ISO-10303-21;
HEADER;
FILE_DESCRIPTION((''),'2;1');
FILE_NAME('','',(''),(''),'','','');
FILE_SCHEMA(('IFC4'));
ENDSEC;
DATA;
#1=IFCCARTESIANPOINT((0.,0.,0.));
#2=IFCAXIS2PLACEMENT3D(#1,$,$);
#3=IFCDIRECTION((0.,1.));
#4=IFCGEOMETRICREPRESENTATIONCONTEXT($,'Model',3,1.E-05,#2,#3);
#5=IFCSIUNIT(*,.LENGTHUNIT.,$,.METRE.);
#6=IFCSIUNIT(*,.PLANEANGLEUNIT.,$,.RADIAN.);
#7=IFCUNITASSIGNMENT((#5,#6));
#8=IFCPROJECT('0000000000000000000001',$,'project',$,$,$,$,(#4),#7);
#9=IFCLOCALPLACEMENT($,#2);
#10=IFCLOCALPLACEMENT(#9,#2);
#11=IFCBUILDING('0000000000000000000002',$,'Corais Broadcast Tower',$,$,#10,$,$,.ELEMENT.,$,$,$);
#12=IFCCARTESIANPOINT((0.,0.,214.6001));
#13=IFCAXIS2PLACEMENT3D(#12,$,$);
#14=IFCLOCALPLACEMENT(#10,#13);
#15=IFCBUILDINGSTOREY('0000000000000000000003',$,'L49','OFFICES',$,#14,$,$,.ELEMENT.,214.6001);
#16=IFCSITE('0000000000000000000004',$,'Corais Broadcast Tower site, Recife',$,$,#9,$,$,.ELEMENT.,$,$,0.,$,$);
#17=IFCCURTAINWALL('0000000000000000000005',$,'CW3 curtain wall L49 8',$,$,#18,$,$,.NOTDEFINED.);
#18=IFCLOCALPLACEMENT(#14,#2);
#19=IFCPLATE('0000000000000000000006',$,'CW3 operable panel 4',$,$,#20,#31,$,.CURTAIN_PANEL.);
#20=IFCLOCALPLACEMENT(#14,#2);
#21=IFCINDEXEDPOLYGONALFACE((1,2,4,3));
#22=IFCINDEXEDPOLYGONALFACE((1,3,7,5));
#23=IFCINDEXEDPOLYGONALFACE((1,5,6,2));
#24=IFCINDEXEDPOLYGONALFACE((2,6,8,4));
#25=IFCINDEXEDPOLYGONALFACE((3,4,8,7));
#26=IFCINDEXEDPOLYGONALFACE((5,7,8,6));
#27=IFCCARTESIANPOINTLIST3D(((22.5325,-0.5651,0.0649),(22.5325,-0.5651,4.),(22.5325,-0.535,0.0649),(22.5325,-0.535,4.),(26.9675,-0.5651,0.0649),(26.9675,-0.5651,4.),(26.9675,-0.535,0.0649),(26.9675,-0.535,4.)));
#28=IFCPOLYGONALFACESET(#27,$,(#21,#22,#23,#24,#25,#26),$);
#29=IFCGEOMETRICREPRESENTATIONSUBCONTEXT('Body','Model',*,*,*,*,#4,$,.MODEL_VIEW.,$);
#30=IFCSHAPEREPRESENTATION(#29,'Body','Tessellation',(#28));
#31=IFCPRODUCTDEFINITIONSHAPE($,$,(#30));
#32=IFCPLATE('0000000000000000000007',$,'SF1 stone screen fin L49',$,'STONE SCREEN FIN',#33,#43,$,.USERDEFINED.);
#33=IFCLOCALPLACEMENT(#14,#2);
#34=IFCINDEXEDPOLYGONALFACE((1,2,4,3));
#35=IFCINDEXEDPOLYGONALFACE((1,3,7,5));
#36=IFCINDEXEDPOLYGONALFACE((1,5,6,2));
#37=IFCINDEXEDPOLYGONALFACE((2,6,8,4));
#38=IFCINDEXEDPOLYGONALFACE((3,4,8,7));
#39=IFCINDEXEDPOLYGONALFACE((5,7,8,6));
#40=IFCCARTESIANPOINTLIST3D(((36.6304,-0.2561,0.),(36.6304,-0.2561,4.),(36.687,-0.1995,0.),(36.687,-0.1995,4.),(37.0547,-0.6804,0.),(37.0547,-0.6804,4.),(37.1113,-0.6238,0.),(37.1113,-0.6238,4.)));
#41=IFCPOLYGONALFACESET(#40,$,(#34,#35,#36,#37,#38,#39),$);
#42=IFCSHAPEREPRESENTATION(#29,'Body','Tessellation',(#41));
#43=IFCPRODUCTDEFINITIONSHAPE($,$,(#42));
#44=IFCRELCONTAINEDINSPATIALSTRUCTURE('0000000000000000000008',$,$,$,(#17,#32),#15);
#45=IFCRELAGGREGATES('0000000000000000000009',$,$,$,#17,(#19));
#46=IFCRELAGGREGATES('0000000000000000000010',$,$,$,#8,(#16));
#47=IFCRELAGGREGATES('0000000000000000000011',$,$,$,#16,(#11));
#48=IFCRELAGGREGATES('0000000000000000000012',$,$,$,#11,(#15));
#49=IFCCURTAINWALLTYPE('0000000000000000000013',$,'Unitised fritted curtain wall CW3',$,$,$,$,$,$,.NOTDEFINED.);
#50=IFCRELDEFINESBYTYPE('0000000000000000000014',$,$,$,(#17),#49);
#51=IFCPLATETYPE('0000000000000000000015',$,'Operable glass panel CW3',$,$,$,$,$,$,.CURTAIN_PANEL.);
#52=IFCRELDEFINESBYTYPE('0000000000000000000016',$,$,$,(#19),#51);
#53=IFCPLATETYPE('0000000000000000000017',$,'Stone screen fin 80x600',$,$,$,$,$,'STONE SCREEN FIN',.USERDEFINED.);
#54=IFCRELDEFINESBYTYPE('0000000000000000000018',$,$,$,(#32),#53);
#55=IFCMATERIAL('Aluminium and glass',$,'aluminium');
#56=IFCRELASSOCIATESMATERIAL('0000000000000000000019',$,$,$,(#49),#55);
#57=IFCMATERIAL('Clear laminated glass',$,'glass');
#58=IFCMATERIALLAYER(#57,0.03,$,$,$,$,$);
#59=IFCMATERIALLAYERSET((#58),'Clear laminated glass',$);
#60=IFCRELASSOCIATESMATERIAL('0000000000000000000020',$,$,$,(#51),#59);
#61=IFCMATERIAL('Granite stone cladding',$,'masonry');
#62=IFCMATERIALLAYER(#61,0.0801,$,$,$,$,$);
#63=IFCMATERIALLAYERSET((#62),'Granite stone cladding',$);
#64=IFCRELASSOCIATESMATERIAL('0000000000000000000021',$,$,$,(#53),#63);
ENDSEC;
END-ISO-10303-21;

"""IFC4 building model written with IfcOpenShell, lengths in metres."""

from ifc_helpers import new_model, si_unit, direction, frame, origin, origin_2d, place, context, subcontext, project, spatial, rectangle, extrude, material, layer, layer_set, type_object, element, aggregate, save


model = new_model("IFC4")

# Units and contexts
model_context = context("Model", 3, precision=1e-05, world=origin(), true_north=direction((0.0, 1.0)))
body_context = subcontext(model_context, "Body", "Model", "MODEL_VIEW")
ifc_project = project(units=[si_unit("LENGTHUNIT", "METRE"), si_unit("PLANEANGLEUNIT", "RADIAN")], contexts=[model_context])

# Site, building, storey
site_placement = place(None, origin())
site = spatial("IfcSite", under=ifc_project, at=site_placement, Name="Corais Broadcast Tower site, Recife", CompositionType="ELEMENT", RefElevation=0.0)
building_placement = place(site_placement, origin())
building = spatial("IfcBuilding", under=site, at=building_placement, Name="Corais Broadcast Tower", CompositionType="ELEMENT")
storey_placement = place(building_placement, frame((0.0, 0.0, 214.6001)))
storey = spatial("IfcBuildingStorey", under=building, at=storey_placement, Name="L49", Description="OFFICES", CompositionType="ELEMENT", Elevation=214.6001)

# Curtain wall
ifc_material_1 = material(Name="Aluminium and glass", Category="aluminium")
curtain_wall_type = type_object("IfcCurtainWallType", Name="Unitised fritted curtain wall CW3", PredefinedType="NOTDEFINED", material=ifc_material_1)
curtain_wall_1_placement = place(storey_placement, origin())
curtain_wall_1 = element("IfcCurtainWall", 1, at=curtain_wall_1_placement, inside=storey, type_object=curtain_wall_type, Name="CW3 curtain wall L49 8", PredefinedType="NOTDEFINED")

# Plates
ifc_material_2 = material(Name="Clear laminated glass", Category="glass")
ifc_layer_1 = layer(ifc_material_2, 0.03)
ifc_layer_set_1 = layer_set([ifc_layer_1], Name="Clear laminated glass")
plate_type_1 = type_object("IfcPlateType", Name="Operable glass panel CW3", PredefinedType="CURTAIN_PANEL", material=ifc_layer_set_1)
plate_1_placement = place(storey_placement, frame((24.75, -0.55, 0.0649), z_axis=(0.0, 0.0, 1.0), x_axis=(-1.0, 0.0, 0.0)))
plate_1 = element("IfcPlate", 2, at=plate_1_placement, type_object=plate_type_1, Name="CW3 operable panel 4", PredefinedType="CURTAIN_PANEL", context=body_context, shape_type="SweptSolid", body=[
    extrude(rectangle(XDim=4.4351, YDim=0.03, at=origin_2d()), origin(), (0.0, 0.0, 1.0), 3.9351),
])
aggregate(curtain_wall_1, [plate_1])
ifc_material_3 = material(Name="Granite stone cladding", Category="masonry")
ifc_layer_2 = layer(ifc_material_3, 0.0801)
ifc_layer_set_2 = layer_set([ifc_layer_2], Name="Granite stone cladding")
plate_type_2 = type_object("IfcPlateType", Name="Stone screen fin 80x600", ElementType="STONE SCREEN FIN", PredefinedType="USERDEFINED", material=ifc_layer_set_2)
plate_2_placement = place(storey_placement, frame((36.8708, -0.4399, 0.0), z_axis=(0.0, 0.0, 1.0), x_axis=(-0.707107, -0.707107, 0.0)))
element("IfcPlate", 3, at=plate_2_placement, inside=storey, type_object=plate_type_2, Name="SF1 stone screen fin L49", ObjectType="STONE SCREEN FIN", PredefinedType="USERDEFINED", context=body_context, shape_type="SweptSolid", body=[
    extrude(rectangle(XDim=0.0801, YDim=0.6001, at=origin_2d()), origin(), (0.0, 0.0, 1.0), 4.0),
])

save(model, "model.ifc")
